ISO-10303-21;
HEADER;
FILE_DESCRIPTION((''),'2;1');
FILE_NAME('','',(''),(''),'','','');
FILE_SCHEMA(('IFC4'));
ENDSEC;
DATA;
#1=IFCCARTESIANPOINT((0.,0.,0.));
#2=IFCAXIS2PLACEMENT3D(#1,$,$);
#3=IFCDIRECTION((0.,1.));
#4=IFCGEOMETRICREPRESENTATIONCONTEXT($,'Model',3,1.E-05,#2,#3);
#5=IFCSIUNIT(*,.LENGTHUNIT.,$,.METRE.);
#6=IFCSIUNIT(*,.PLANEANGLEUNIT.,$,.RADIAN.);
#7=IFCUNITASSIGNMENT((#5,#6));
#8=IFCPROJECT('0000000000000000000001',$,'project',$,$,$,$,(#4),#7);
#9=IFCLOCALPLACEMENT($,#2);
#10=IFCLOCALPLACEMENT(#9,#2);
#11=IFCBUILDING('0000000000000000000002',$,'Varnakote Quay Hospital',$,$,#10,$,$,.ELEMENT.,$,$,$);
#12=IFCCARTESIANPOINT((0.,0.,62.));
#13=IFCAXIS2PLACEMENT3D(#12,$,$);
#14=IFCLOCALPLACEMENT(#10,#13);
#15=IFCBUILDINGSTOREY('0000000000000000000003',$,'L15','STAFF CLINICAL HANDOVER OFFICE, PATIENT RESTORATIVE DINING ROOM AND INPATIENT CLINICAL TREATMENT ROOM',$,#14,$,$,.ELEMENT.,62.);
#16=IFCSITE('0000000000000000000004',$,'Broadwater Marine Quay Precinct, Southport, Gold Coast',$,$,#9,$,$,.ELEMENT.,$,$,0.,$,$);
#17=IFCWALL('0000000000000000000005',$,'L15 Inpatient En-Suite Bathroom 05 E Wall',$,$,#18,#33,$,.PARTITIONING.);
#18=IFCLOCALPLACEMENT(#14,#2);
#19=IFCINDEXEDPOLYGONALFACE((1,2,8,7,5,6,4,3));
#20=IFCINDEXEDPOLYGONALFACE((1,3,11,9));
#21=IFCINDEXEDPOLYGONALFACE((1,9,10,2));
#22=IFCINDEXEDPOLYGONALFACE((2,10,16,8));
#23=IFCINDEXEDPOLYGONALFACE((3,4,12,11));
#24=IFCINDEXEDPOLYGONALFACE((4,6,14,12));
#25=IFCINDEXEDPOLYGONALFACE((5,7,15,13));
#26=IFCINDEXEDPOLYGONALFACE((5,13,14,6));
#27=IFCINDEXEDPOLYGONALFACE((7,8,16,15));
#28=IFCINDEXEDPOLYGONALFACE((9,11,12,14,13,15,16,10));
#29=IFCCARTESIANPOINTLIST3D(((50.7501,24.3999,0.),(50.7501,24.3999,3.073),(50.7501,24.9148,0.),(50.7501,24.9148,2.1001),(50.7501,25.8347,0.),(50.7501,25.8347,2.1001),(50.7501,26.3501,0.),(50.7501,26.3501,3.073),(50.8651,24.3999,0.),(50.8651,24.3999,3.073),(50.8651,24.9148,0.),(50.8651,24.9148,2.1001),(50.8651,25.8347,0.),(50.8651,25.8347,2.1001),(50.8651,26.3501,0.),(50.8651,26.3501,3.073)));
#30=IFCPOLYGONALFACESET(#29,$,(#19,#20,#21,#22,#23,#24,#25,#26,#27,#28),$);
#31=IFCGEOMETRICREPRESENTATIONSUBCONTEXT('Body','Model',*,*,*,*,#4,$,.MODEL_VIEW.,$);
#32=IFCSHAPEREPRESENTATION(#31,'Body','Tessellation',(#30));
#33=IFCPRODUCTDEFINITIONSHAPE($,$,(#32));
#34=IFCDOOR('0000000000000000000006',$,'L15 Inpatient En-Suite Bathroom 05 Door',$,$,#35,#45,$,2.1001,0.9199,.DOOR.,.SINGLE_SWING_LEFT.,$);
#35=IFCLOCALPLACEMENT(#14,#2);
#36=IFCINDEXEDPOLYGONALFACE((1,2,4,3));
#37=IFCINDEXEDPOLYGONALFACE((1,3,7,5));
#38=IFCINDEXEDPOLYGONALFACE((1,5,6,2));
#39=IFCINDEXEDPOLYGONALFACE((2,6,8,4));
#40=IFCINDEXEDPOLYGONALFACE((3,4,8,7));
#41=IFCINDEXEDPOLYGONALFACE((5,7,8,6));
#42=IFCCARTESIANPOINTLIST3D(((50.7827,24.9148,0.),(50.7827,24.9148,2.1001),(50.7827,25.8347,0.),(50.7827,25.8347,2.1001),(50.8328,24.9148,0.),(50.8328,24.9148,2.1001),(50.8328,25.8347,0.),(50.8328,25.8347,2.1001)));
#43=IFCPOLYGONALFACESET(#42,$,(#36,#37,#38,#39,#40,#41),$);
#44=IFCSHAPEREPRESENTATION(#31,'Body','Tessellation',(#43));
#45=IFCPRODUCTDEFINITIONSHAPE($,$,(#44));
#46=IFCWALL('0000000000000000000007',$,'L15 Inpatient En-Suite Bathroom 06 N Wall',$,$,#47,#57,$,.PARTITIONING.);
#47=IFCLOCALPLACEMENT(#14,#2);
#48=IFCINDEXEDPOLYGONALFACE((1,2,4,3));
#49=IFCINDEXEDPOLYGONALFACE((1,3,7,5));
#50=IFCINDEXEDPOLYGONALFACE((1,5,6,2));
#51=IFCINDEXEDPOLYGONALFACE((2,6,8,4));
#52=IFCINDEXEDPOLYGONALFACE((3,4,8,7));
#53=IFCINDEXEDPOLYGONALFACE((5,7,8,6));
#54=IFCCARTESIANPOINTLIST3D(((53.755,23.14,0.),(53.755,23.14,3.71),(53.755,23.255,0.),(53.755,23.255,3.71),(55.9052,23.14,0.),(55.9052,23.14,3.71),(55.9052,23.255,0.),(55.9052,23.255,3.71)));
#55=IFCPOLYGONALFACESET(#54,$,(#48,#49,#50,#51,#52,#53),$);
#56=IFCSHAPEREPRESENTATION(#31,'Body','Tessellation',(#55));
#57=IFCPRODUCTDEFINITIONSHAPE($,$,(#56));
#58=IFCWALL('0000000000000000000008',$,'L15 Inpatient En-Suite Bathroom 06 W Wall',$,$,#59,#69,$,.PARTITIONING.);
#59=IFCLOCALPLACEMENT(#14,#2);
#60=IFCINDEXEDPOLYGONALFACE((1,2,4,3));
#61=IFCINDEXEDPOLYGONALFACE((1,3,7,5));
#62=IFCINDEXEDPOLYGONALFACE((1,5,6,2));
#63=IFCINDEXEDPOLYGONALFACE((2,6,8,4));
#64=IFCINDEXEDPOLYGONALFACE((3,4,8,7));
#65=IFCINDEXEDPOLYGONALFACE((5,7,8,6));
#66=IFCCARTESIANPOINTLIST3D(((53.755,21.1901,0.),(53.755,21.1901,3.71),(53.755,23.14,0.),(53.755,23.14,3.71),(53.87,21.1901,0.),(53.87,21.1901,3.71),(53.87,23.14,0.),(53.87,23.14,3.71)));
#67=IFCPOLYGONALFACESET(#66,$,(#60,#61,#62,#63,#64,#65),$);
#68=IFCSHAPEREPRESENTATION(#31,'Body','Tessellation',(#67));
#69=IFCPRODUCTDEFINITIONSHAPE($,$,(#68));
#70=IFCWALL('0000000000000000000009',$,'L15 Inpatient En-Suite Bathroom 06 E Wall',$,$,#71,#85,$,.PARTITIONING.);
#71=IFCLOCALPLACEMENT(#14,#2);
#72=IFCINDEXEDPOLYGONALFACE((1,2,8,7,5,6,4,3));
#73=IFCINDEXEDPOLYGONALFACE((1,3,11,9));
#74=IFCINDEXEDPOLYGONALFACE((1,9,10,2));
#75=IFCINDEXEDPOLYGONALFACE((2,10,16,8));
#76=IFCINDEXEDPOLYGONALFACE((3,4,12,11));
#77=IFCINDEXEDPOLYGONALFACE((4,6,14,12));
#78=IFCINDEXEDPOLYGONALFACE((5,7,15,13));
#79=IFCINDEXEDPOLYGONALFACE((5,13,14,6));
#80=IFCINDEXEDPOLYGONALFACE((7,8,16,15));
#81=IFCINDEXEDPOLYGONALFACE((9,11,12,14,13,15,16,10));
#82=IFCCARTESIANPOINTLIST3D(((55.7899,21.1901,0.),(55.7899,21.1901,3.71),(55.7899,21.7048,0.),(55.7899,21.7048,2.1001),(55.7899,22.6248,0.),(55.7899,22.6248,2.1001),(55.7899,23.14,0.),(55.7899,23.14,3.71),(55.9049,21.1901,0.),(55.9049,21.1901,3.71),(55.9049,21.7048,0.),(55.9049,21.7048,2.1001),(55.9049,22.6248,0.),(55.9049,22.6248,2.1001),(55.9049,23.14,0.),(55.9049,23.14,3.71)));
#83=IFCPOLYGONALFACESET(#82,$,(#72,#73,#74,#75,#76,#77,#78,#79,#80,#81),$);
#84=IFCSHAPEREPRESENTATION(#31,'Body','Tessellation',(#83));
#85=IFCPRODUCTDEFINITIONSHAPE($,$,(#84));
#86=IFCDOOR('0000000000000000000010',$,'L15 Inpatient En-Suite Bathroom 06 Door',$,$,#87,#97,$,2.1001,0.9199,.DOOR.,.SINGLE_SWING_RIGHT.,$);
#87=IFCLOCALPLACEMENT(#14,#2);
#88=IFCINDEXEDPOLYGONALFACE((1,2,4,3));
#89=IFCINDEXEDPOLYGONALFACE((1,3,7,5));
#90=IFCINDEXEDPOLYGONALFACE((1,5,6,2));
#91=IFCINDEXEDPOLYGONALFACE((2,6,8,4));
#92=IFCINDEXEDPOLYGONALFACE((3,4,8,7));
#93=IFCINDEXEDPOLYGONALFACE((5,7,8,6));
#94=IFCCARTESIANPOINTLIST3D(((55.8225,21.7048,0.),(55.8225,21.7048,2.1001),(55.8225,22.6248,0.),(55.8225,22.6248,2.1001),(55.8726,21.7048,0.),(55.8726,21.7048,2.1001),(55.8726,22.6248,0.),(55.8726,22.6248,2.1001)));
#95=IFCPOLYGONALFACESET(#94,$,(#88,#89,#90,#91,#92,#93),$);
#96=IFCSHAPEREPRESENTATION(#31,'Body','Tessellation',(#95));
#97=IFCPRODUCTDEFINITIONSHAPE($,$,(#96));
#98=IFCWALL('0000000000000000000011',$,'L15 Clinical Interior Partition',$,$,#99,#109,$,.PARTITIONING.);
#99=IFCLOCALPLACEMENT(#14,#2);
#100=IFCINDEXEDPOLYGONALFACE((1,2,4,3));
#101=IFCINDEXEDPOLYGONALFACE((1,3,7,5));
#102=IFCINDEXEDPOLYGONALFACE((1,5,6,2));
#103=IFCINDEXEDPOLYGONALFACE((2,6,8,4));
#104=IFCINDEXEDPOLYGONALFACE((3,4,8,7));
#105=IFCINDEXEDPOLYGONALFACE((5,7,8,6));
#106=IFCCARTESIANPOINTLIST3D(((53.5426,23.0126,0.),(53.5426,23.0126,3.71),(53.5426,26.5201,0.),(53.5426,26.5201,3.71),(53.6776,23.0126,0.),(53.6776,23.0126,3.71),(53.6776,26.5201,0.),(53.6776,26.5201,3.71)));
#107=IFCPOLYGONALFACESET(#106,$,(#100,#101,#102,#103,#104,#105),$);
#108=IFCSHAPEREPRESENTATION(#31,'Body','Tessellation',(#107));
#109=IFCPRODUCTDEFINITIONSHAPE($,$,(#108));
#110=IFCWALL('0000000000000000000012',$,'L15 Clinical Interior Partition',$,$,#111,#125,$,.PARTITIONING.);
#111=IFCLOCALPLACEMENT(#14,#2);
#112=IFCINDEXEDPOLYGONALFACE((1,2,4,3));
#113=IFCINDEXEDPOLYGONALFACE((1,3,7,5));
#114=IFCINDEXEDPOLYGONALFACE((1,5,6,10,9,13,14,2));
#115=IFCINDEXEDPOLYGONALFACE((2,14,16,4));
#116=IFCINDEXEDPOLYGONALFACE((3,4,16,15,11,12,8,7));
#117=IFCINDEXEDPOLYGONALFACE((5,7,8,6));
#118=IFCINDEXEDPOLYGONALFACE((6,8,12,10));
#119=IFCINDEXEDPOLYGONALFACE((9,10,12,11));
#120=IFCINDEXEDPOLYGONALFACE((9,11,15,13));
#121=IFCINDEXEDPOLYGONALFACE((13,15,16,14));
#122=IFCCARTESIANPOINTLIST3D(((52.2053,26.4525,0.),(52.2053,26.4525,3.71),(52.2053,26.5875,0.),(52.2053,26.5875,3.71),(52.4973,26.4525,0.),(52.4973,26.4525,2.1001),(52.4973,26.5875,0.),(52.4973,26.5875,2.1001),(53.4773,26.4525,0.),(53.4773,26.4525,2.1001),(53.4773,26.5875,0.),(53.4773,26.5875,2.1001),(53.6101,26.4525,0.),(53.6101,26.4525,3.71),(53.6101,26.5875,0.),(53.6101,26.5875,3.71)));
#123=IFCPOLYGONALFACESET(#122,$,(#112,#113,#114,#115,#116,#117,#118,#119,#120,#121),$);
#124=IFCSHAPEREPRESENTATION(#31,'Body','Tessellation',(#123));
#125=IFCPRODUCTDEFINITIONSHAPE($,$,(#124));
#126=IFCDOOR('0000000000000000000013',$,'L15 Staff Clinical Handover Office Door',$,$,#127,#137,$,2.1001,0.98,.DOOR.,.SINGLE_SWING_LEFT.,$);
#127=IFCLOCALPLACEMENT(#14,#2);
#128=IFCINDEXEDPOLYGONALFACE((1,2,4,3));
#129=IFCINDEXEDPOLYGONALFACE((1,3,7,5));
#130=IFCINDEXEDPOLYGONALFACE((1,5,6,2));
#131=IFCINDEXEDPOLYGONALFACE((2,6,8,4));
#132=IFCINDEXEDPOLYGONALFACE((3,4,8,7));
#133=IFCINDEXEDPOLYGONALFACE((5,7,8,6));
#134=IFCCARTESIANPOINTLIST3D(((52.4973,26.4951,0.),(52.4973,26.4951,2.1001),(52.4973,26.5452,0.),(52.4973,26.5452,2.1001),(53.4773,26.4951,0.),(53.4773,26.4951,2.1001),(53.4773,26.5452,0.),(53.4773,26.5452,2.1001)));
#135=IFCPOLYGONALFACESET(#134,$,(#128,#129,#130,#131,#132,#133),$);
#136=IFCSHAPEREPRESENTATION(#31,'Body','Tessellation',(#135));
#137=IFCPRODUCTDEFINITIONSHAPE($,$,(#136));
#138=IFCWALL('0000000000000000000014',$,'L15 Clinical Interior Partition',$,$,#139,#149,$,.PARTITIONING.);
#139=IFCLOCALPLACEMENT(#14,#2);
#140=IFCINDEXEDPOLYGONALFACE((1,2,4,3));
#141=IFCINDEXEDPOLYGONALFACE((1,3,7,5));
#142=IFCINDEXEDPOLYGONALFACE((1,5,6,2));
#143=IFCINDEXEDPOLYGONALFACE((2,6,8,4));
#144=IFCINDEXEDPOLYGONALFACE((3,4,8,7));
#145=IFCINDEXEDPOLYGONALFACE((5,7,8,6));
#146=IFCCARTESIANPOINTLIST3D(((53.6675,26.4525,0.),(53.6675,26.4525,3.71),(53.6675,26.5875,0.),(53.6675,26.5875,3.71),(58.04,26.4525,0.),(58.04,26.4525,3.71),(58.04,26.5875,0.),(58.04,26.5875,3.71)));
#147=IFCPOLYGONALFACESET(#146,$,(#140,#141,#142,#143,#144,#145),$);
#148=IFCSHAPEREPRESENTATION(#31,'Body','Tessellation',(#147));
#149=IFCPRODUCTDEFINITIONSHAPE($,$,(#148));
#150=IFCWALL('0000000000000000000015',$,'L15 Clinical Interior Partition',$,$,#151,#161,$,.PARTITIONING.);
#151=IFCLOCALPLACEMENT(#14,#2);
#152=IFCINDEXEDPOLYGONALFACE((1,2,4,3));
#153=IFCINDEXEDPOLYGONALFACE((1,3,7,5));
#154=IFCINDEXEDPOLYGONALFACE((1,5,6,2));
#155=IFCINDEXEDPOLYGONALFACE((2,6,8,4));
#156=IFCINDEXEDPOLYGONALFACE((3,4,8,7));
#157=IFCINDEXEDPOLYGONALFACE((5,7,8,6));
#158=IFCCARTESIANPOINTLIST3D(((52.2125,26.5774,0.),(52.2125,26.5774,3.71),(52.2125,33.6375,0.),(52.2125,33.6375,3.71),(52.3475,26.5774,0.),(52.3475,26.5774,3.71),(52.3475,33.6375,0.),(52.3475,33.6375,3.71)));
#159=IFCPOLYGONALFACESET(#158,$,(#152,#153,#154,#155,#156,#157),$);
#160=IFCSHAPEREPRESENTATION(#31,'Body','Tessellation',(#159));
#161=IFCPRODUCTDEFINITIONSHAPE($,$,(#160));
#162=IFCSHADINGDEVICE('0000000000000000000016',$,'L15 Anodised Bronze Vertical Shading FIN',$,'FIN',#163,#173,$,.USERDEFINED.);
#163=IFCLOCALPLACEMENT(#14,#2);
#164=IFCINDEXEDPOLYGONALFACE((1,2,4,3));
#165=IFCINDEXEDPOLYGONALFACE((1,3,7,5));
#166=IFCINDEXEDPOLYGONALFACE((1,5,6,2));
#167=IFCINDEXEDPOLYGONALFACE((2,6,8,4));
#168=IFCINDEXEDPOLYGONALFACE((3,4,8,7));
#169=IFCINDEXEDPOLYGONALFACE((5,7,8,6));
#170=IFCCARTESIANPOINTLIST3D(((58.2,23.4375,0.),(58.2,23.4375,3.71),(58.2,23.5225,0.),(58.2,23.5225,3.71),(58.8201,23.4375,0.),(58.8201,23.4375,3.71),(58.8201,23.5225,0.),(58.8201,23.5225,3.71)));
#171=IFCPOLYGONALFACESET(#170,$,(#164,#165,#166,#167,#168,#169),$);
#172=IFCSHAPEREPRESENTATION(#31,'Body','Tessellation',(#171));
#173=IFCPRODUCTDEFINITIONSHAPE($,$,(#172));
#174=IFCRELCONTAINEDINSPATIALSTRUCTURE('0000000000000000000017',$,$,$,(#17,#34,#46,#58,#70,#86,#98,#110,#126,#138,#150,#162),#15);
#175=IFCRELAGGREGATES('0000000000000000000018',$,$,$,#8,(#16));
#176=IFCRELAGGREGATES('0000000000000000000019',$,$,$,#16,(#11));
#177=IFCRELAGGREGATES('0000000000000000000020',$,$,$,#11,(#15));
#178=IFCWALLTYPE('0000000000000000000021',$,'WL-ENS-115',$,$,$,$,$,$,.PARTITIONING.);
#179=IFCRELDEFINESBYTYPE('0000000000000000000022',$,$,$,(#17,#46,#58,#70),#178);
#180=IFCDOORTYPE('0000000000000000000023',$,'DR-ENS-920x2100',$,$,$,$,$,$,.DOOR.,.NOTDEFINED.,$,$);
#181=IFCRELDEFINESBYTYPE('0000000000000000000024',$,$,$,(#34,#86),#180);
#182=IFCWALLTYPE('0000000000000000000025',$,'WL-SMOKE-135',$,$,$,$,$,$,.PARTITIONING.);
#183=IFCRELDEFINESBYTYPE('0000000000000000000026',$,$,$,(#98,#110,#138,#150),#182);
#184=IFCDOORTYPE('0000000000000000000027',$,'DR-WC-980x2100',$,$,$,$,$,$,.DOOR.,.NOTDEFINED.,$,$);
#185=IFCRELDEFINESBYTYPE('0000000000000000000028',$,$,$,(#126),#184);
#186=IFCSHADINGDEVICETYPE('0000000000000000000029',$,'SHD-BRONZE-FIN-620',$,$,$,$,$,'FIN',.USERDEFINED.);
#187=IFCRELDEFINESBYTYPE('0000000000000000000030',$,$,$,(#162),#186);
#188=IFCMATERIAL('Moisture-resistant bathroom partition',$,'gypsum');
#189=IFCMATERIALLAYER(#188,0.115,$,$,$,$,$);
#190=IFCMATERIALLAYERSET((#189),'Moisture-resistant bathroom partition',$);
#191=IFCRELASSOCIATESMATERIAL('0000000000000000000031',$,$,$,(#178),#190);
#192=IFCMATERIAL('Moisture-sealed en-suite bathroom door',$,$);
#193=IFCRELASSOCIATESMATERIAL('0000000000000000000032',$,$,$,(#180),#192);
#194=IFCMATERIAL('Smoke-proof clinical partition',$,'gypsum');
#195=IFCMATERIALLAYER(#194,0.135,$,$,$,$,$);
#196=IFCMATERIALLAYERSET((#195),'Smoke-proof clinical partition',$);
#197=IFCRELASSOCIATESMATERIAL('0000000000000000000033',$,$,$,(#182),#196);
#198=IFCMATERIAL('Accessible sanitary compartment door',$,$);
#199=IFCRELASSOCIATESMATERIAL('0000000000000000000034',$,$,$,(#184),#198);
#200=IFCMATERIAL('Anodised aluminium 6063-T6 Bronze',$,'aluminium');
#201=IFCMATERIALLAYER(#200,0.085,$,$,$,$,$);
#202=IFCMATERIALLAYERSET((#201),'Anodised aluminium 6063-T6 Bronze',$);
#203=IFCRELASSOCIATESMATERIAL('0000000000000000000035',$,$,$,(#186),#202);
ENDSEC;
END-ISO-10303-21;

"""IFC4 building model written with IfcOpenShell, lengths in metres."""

from ifc_helpers import new_model, si_unit, direction, frame, frame_2d, origin, origin_2d, place, context, subcontext, project, spatial, rectangle, extrude, material, layer, layer_set, type_object, element, fill, save


model = new_model("IFC4")

# Units and contexts
model_context = context("Model", 3, precision=1e-05, world=origin(), true_north=direction((0.0, 1.0)))
body_context = subcontext(model_context, "Body", "Model", "MODEL_VIEW")
ifc_project = project(units=[si_unit("LENGTHUNIT", "METRE"), si_unit("PLANEANGLEUNIT", "RADIAN")], contexts=[model_context])

# Site, building, storey
site_placement = place(None, origin())
site = spatial("IfcSite", under=ifc_project, at=site_placement, Name="Broadwater Marine Quay Precinct, Southport, Gold Coast", CompositionType="ELEMENT", RefElevation=0.0)
building_placement = place(site_placement, origin())
building = spatial("IfcBuilding", under=site, at=building_placement, Name="Varnakote Quay Hospital", CompositionType="ELEMENT")
storey_placement = place(building_placement, frame((0.0, 0.0, 62.0)))
storey = spatial("IfcBuildingStorey", under=building, at=storey_placement, Name="L15", Description="STAFF CLINICAL HANDOVER OFFICE, PATIENT RESTORATIVE DINING ROOM AND INPATIENT CLINICAL TREATMENT ROOM", CompositionType="ELEMENT", Elevation=62.0)

# Wall, opening, door
ifc_material_1 = material(Name="Moisture-resistant bathroom partition", Category="gypsum")
ifc_layer_1 = layer(ifc_material_1, 0.115)
ifc_layer_set_1 = layer_set([ifc_layer_1], Name="Moisture-resistant bathroom partition")
wall_type_1 = type_object("IfcWallType", Name="WL-ENS-115", PredefinedType="PARTITIONING", material=ifc_layer_set_1)
wall_1_placement = place(storey_placement, frame((50.8076, 24.3999, 0.0), z_axis=(0.0, 0.0, 1.0), x_axis=(0.0, 1.0, 0.0)))
wall_1 = element("IfcWall", 1, at=wall_1_placement, inside=storey, type_object=wall_type_1, Name="L15 Inpatient En-Suite Bathroom 05 E Wall", PredefinedType="PARTITIONING", context=body_context, shape_type="SweptSolid", body=[
    extrude(rectangle(XDim=1.9502, YDim=0.115, at=frame_2d((0.9751, 0.0))), origin(), (0.0, 0.0, 1.0), 3.073),
])
opening_1_placement = place(wall_1_placement, frame((0.5149, 0.0, 0.0)))
opening_1 = element("IfcOpeningElement", 2, at=opening_1_placement, cuts=wall_1, PredefinedType="OPENING", context=body_context, shape_type="SweptSolid", body=[
    extrude(rectangle(XDim=0.9199, YDim=2.1001, at=frame_2d((0.46, 1.05))), frame((0.0, 0.0674, 0.0), z_axis=(0.0, -1.0, 0.0), x_axis=(1.0, 0.0, 0.0)), (0.0, 0.0, 1.0), 0.135),
])
ifc_material_2 = material(Name="Moisture-sealed en-suite bathroom door")
door_type_1 = type_object("IfcDoorType", Name="DR-ENS-920x2100", OperationType="NOTDEFINED", PredefinedType="DOOR", material=ifc_material_2)
door_1_placement = place(opening_1_placement, origin())
door_1 = element("IfcDoor", 3, at=door_1_placement, inside=storey, type_object=door_type_1, Name="L15 Inpatient En-Suite Bathroom 05 Door", OperationType="SINGLE_SWING_LEFT", OverallHeight=2.1001, OverallWidth=0.9199, PredefinedType="DOOR", context=body_context, shape_type="SweptSolid", body=[
    extrude(rectangle(XDim=0.9199, YDim=2.1001, at=frame_2d((0.46, 1.05))), frame((0.0, 0.0249, 0.0), z_axis=(0.0, -1.0, 0.0), x_axis=(1.0, 0.0, 0.0)), (0.0, 0.0, 1.0), 0.05),
])
fill(opening_1, door_1)

# Walls
wall_2_placement = place(storey_placement, frame((53.7549, 23.1975, 0.0), z_axis=(0.0, 0.0, 1.0), x_axis=(1.0, 0.0, 0.0)))
element("IfcWall", 4, at=wall_2_placement, inside=storey, type_object=wall_type_1, Name="L15 Inpatient En-Suite Bathroom 06 N Wall", PredefinedType="PARTITIONING", context=body_context, shape_type="SweptSolid", body=[
    extrude(rectangle(XDim=2.1501, YDim=0.115, at=frame_2d((1.0752, 0.0))), origin(), (0.0, 0.0, 1.0), 3.71),
])
wall_3_placement = place(storey_placement, frame((53.8125, 21.1899, 0.0), z_axis=(0.0, 0.0, 1.0), x_axis=(0.0, 1.0, 0.0)))
element("IfcWall", 5, at=wall_3_placement, inside=storey, type_object=wall_type_1, Name="L15 Inpatient En-Suite Bathroom 06 W Wall", PredefinedType="PARTITIONING", context=body_context, shape_type="SweptSolid", body=[
    extrude(rectangle(XDim=1.95, YDim=0.115, at=frame_2d((0.9751, 0.0))), origin(), (0.0, 0.0, 1.0), 3.71),
])

# Wall, opening, door
wall_4_placement = place(storey_placement, frame((55.8474, 21.1899, 0.0), z_axis=(0.0, 0.0, 1.0), x_axis=(0.0, 1.0, 0.0)))
wall_4 = element("IfcWall", 6, at=wall_4_placement, inside=storey, type_object=wall_type_1, Name="L15 Inpatient En-Suite Bathroom 06 E Wall", PredefinedType="PARTITIONING", context=body_context, shape_type="SweptSolid", body=[
    extrude(rectangle(XDim=1.95, YDim=0.115, at=frame_2d((0.9751, 0.0))), origin(), (0.0, 0.0, 1.0), 3.71),
])
opening_2_placement = place(wall_4_placement, frame((0.5149, 0.0, 0.0)))
opening_2 = element("IfcOpeningElement", 7, at=opening_2_placement, cuts=wall_4, PredefinedType="OPENING", context=body_context, shape_type="SweptSolid", body=[
    extrude(rectangle(XDim=0.9199, YDim=2.1001, at=frame_2d((0.46, 1.05))), frame((0.0, 0.0674, 0.0), z_axis=(0.0, -1.0, 0.0), x_axis=(1.0, 0.0, 0.0)), (0.0, 0.0, 1.0), 0.135),
])
door_2_placement = place(opening_2_placement, origin())
door_2 = element("IfcDoor", 8, at=door_2_placement, inside=storey, type_object=door_type_1, Name="L15 Inpatient En-Suite Bathroom 06 Door", OperationType="SINGLE_SWING_RIGHT", OverallHeight=2.1001, OverallWidth=0.9199, PredefinedType="DOOR", context=body_context, shape_type="SweptSolid", body=[
    extrude(rectangle(XDim=0.9199, YDim=2.1001, at=frame_2d((0.46, 1.05))), frame((0.0, 0.0249, 0.0), z_axis=(0.0, -1.0, 0.0), x_axis=(1.0, 0.0, 0.0)), (0.0, 0.0, 1.0), 0.05),
])
fill(opening_2, door_2)

# Wall
ifc_material_3 = material(Name="Smoke-proof clinical partition", Category="gypsum")
ifc_layer_2 = layer(ifc_material_3, 0.135)
ifc_layer_set_2 = layer_set([ifc_layer_2], Name="Smoke-proof clinical partition")
wall_type_2 = type_object("IfcWallType", Name="WL-SMOKE-135", PredefinedType="PARTITIONING", material=ifc_layer_set_2)
wall_5_placement = place(storey_placement, frame((53.6101, 23.0125, 0.0), z_axis=(0.0, 0.0, 1.0), x_axis=(0.0, 1.0, 0.0)))
element("IfcWall", 9, at=wall_5_placement, inside=storey, type_object=wall_type_2, Name="L15 Clinical Interior Partition", PredefinedType="PARTITIONING", context=body_context, shape_type="SweptSolid", body=[
    extrude(rectangle(XDim=3.5076, YDim=0.135, at=frame_2d((1.7539, 0.0))), origin(), (0.0, 0.0, 1.0), 3.71),
])

# Wall, opening, door
wall_6_placement = place(storey_placement, frame((53.6101, 26.52, 0.0), z_axis=(0.0, 0.0, 1.0), x_axis=(-1.0, 0.0, 0.0)))
wall_6 = element("IfcWall", 10, at=wall_6_placement, inside=storey, type_object=wall_type_2, Name="L15 Clinical Interior Partition", PredefinedType="PARTITIONING", context=body_context, shape_type="SweptSolid", body=[
    extrude(rectangle(XDim=1.4048, YDim=0.135, at=frame_2d((0.7024, 0.0))), origin(), (0.0, 0.0, 1.0), 3.71),
])
opening_3_placement = place(wall_6_placement, frame((0.1328, 0.0, 0.0)))
opening_3 = element("IfcOpeningElement", 11, at=opening_3_placement, cuts=wall_6, PredefinedType="OPENING", context=body_context, shape_type="SweptSolid", body=[
    extrude(rectangle(XDim=0.98, YDim=2.1001, at=frame_2d((0.49, 1.05))), frame((0.0, 0.0774, 0.0), z_axis=(0.0, -1.0, 0.0), x_axis=(1.0, 0.0, 0.0)), (0.0, 0.0, 1.0), 0.155),
])
ifc_material_4 = material(Name="Accessible sanitary compartment door")
door_type_2 = type_object("IfcDoorType", Name="DR-WC-980x2100", OperationType="NOTDEFINED", PredefinedType="DOOR", material=ifc_material_4)
door_3_placement = place(opening_3_placement, origin())
door_3 = element("IfcDoor", 12, at=door_3_placement, inside=storey, type_object=door_type_2, Name="L15 Staff Clinical Handover Office Door", OperationType="SINGLE_SWING_LEFT", OverallHeight=2.1001, OverallWidth=0.98, PredefinedType="DOOR", context=body_context, shape_type="SweptSolid", body=[
    extrude(rectangle(XDim=0.98, YDim=2.1001, at=frame_2d((0.49, 1.05))), frame((0.0, 0.0249, 0.0), z_axis=(0.0, -1.0, 0.0), x_axis=(1.0, 0.0, 0.0)), (0.0, 0.0, 1.0), 0.05),
])
fill(opening_3, door_3)

# Walls
wall_7_placement = place(storey_placement, frame((58.04, 26.52, 0.0), z_axis=(0.0, 0.0, 1.0), x_axis=(-1.0, 0.0, 0.0)))
element("IfcWall", 13, at=wall_7_placement, inside=storey, type_object=wall_type_2, Name="L15 Clinical Interior Partition", PredefinedType="PARTITIONING", context=body_context, shape_type="SweptSolid", body=[
    extrude(rectangle(XDim=4.3726, YDim=0.135, at=frame_2d((2.1863, 0.0))), origin(), (0.0, 0.0, 1.0), 3.71),
])
wall_8_placement = place(storey_placement, frame((52.28, 26.5774, 0.0), z_axis=(0.0, 0.0, 1.0), x_axis=(0.0, 1.0, 0.0)))
element("IfcWall", 14, at=wall_8_placement, inside=storey, type_object=wall_type_2, Name="L15 Clinical Interior Partition", PredefinedType="PARTITIONING", context=body_context, shape_type="SweptSolid", body=[
    extrude(rectangle(XDim=7.0601, YDim=0.135, at=frame_2d((3.53, 0.0))), origin(), (0.0, 0.0, 1.0), 3.71),
])

# Shading device
ifc_material_5 = material(Name="Anodised aluminium 6063-T6 Bronze", Category="aluminium")
ifc_layer_3 = layer(ifc_material_5, 0.085)
ifc_layer_set_3 = layer_set([ifc_layer_3], Name="Anodised aluminium 6063-T6 Bronze")
shading_device_type = type_object("IfcShadingDeviceType", Name="SHD-BRONZE-FIN-620", ElementType="FIN", PredefinedType="USERDEFINED", material=ifc_layer_set_3)
for number, where, z_axis, x_axis, name in (
    (15, (58.51, 23.48, 0.0), (0.0, 0.0, 1.0), (-1.0, 0.0, 0.0), "L15 Anodised Bronze Vertical Shading FIN"),
):
    element("IfcShadingDevice", number, at=place(storey_placement, frame(where, z_axis=z_axis, x_axis=x_axis)), inside=storey, type_object=shading_device_type, Name=name, ObjectType="FIN", PredefinedType="USERDEFINED", context=body_context, shape_type="SweptSolid", body=[
        extrude(rectangle(XDim=0.6201, YDim=0.085, at=origin_2d()), origin(), (0.0, 0.0, 1.0), 3.71),
    ])

save(model, "model.ifc")
